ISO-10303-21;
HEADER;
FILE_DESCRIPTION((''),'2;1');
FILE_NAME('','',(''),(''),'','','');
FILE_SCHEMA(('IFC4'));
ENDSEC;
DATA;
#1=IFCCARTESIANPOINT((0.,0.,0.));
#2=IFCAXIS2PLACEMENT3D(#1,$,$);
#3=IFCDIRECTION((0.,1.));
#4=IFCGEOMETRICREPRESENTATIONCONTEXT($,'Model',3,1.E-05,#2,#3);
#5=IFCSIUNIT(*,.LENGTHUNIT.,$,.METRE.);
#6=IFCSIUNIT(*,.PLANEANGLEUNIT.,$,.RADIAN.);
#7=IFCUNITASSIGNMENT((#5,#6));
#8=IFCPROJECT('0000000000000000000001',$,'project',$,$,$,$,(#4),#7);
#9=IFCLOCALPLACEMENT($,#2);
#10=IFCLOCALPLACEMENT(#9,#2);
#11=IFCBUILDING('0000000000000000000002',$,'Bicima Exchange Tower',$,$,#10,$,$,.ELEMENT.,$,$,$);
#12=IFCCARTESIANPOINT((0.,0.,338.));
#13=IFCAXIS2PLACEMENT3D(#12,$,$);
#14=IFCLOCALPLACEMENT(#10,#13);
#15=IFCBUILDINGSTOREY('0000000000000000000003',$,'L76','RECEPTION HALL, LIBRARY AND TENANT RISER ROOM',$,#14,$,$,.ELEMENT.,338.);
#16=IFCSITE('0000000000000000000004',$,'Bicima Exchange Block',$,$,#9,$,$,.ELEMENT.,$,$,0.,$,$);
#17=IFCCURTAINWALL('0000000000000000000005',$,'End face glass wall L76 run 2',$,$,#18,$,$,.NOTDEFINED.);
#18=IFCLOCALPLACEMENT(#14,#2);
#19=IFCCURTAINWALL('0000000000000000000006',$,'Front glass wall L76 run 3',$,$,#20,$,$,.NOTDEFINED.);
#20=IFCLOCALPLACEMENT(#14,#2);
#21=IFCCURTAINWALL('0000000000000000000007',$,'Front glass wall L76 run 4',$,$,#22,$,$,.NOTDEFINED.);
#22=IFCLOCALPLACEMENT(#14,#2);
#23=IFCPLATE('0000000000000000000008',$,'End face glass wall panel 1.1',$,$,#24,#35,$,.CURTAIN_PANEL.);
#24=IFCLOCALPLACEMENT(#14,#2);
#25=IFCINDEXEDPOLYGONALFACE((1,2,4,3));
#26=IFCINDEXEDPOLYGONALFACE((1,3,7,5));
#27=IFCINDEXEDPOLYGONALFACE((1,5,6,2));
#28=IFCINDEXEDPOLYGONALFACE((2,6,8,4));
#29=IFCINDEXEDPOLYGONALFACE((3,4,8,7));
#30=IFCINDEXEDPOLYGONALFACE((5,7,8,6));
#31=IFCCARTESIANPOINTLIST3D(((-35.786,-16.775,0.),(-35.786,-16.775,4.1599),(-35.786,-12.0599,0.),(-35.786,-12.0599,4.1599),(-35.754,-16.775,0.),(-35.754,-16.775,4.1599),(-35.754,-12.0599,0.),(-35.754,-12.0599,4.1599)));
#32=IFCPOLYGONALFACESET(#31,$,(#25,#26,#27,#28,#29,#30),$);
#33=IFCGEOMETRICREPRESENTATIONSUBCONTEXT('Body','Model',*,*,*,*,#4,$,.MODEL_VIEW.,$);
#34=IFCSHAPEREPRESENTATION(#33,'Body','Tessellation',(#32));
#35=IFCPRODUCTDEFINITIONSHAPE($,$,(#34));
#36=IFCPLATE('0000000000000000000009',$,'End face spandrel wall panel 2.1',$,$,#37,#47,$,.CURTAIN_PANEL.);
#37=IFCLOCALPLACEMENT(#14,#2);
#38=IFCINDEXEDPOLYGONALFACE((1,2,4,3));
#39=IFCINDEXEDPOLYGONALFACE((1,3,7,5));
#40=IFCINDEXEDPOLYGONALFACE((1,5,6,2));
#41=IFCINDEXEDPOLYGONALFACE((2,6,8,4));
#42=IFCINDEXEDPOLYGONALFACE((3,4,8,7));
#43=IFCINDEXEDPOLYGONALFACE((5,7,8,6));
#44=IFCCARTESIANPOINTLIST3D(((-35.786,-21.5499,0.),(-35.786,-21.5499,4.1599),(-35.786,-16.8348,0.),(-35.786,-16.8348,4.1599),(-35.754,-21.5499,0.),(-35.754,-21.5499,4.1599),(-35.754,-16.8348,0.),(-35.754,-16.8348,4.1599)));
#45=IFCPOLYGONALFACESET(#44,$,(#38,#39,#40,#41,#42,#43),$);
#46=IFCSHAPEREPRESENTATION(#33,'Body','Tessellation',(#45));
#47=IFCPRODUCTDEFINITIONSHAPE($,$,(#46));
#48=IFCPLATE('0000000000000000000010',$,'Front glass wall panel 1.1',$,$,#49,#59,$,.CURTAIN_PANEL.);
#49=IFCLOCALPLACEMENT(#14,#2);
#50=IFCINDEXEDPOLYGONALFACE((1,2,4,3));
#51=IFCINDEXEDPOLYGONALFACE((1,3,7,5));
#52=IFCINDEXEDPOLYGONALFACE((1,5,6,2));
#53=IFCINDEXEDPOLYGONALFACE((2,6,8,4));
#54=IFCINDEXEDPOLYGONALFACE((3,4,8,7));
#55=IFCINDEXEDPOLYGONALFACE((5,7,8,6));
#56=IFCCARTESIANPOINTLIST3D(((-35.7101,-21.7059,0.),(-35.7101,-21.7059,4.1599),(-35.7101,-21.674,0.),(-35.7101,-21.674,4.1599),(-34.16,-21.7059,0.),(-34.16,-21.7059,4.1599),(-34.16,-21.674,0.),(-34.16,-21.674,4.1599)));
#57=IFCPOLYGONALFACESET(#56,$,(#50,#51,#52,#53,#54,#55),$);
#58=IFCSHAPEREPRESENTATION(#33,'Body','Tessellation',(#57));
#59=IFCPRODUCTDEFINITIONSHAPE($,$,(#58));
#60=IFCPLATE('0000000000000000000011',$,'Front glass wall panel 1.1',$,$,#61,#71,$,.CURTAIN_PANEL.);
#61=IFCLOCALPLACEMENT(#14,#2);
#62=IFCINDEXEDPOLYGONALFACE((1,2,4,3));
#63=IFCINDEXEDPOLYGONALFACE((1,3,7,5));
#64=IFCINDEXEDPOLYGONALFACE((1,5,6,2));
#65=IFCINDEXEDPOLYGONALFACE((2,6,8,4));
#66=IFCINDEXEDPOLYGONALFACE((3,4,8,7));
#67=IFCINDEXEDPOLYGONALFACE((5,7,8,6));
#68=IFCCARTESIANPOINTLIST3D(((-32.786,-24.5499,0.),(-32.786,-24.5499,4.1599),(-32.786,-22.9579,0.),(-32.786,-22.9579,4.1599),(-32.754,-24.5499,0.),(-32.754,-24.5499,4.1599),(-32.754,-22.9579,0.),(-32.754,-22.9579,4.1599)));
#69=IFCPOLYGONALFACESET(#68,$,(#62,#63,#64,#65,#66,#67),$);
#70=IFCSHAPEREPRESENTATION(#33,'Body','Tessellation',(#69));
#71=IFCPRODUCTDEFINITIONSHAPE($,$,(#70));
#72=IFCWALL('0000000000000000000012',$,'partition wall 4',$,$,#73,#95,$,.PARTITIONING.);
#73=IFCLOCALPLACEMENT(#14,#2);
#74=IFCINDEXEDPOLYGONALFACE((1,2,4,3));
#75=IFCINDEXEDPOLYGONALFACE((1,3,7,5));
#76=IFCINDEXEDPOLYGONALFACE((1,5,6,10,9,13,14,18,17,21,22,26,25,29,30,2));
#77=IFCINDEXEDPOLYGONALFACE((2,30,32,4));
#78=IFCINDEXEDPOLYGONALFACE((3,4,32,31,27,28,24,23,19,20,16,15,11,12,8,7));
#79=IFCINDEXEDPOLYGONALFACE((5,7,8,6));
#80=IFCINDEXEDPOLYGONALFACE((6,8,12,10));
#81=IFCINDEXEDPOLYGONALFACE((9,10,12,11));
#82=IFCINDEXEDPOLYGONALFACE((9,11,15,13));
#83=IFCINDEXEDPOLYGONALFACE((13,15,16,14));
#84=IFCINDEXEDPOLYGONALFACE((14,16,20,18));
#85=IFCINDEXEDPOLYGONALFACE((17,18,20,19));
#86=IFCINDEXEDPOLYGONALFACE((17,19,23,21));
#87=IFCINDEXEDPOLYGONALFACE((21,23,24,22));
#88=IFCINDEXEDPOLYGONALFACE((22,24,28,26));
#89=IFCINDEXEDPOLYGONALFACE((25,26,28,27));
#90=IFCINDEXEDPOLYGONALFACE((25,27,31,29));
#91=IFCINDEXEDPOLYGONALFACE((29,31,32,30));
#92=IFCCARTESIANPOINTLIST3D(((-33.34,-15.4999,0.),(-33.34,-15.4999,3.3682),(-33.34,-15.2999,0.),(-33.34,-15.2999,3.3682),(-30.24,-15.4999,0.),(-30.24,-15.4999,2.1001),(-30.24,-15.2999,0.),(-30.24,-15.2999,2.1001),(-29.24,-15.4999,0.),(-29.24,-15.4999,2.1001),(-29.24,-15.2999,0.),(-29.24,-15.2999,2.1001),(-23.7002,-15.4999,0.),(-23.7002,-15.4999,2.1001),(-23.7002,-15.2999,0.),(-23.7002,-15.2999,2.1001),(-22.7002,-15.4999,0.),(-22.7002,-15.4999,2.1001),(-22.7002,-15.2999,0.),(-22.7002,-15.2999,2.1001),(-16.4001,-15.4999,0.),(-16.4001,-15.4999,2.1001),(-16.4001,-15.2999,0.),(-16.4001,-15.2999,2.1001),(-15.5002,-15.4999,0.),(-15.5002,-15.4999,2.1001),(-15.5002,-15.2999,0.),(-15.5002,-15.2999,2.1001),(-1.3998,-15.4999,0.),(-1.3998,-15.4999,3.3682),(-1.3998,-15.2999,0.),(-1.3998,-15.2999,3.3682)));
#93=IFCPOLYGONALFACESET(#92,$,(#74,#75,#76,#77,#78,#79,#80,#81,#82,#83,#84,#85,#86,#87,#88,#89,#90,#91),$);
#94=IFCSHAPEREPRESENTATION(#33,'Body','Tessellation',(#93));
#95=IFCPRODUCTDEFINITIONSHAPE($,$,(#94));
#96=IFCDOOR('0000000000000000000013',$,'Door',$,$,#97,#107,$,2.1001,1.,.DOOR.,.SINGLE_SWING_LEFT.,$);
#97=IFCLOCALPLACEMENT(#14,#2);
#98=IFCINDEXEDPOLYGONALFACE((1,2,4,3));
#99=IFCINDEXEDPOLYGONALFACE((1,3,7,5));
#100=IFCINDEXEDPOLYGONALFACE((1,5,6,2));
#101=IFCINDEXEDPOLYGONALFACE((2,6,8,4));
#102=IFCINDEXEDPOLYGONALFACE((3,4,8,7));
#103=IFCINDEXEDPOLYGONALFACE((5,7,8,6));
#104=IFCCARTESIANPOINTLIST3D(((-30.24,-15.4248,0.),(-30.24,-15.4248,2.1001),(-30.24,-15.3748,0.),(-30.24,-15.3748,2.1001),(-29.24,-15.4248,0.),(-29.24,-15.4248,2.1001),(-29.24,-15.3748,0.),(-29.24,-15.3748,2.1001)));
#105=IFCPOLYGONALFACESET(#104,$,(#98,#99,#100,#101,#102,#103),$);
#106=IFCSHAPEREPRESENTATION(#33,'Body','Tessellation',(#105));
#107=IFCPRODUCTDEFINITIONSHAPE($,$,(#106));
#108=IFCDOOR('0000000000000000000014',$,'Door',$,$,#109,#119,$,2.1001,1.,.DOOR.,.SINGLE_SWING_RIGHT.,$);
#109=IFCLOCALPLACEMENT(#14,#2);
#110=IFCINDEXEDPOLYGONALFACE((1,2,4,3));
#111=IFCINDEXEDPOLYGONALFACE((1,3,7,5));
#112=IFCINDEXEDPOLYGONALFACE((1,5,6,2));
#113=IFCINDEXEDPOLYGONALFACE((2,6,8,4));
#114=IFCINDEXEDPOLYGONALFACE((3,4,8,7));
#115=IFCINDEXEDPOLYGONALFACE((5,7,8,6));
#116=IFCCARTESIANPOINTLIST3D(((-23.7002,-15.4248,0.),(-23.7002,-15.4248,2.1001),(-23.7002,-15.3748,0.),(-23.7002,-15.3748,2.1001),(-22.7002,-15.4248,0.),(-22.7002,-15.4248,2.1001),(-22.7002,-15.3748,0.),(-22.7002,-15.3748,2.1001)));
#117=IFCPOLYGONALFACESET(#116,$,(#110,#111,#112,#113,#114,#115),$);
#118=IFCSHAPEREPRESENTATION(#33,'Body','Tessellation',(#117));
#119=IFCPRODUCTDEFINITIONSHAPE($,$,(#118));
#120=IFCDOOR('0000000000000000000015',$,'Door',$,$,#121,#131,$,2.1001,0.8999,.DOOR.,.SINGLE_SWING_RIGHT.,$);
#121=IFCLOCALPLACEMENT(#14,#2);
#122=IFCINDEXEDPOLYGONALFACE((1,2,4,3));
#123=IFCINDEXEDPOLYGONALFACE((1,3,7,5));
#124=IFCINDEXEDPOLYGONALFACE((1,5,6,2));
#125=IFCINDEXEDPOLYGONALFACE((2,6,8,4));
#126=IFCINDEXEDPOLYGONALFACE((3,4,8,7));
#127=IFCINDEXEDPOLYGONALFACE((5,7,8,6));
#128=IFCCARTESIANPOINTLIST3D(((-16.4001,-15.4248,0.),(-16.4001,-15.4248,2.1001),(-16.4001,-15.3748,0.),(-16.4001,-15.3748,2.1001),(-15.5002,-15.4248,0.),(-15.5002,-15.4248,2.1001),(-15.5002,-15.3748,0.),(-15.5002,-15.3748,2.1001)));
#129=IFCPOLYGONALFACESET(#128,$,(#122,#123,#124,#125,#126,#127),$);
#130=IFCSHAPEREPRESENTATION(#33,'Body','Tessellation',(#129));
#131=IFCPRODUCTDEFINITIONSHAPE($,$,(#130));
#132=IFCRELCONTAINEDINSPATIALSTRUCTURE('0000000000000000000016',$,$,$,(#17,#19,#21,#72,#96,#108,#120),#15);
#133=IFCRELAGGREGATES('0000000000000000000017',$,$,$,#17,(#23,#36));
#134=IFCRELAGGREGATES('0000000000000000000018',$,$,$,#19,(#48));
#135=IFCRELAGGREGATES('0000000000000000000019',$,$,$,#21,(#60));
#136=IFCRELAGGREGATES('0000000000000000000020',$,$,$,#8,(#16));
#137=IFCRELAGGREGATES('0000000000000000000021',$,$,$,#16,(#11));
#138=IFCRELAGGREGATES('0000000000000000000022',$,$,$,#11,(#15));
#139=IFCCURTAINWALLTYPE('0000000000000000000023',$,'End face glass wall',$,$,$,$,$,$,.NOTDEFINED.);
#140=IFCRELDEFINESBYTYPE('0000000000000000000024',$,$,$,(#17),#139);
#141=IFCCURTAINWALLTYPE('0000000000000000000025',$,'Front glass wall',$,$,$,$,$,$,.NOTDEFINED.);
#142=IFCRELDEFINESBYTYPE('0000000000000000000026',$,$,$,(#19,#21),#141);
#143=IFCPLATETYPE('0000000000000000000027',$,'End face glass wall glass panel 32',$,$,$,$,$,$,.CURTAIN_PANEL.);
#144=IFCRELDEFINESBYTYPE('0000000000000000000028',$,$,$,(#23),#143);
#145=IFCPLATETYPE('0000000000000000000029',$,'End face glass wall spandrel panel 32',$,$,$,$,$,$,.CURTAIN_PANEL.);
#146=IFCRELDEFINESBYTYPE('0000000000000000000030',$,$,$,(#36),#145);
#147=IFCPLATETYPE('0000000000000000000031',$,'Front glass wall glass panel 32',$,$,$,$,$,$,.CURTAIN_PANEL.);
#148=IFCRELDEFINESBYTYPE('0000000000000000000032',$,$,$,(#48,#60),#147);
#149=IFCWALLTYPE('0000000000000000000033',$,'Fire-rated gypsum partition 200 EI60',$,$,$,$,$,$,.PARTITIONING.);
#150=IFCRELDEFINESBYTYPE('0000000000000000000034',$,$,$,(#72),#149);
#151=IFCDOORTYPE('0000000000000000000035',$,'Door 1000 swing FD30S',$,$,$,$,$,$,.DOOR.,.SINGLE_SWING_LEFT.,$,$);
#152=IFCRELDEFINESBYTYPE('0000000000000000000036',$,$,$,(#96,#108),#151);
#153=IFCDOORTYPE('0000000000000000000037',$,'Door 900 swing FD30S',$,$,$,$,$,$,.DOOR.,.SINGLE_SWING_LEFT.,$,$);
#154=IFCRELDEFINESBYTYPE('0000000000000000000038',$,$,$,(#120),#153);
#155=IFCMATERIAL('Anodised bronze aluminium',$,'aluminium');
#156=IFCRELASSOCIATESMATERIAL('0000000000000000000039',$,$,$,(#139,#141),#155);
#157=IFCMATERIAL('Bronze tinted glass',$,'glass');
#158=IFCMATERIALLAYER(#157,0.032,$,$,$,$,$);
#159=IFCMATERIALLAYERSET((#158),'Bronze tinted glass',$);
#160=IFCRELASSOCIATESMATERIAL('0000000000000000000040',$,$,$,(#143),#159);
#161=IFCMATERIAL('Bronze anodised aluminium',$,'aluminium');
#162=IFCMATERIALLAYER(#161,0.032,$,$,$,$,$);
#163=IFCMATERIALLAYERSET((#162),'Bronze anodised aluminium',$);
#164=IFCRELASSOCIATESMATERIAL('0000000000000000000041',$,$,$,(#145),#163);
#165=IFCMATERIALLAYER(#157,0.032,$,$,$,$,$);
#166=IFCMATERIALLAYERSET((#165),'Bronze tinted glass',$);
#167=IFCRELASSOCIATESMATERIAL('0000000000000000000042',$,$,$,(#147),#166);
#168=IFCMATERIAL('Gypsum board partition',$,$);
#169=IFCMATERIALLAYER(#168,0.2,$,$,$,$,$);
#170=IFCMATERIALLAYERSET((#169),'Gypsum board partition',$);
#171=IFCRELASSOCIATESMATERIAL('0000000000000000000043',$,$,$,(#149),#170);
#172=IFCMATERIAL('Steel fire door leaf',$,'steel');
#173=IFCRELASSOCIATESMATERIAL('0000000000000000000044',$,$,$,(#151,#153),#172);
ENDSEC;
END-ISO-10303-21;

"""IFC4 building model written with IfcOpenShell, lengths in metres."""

from ifc_helpers import new_model, si_unit, direction, frame, frame_2d, origin, origin_2d, place, context, subcontext, project, spatial, rectangle, extrude, material, layer, layer_set, type_object, element, fill, aggregate, save


model = new_model("IFC4")

# Units and contexts
model_context = context("Model", 3, precision=1e-05, world=origin(), true_north=direction((0.0, 1.0)))
body_context = subcontext(model_context, "Body", "Model", "MODEL_VIEW")
ifc_project = project(units=[si_unit("LENGTHUNIT", "METRE"), si_unit("PLANEANGLEUNIT", "RADIAN")], contexts=[model_context])

# Site, building, storey
site_placement = place(None, origin())
site = spatial("IfcSite", under=ifc_project, at=site_placement, Name="Bicima Exchange Block", CompositionType="ELEMENT", RefElevation=0.0)
building_placement = place(site_placement, origin())
building = spatial("IfcBuilding", under=site, at=building_placement, Name="Bicima Exchange Tower", CompositionType="ELEMENT")
storey_placement = place(building_placement, frame((0.0, 0.0, 338.0)))
storey = spatial("IfcBuildingStorey", under=building, at=storey_placement, Name="L76", Description="RECEPTION HALL, LIBRARY AND TENANT RISER ROOM", CompositionType="ELEMENT", Elevation=338.0)

# Curtain wall
ifc_material_1 = material(Name="Anodised bronze aluminium", Category="aluminium")
curtain_wall_type_1 = type_object("IfcCurtainWallType", Name="End face glass wall", PredefinedType="NOTDEFINED", material=ifc_material_1)
curtain_wall_1_placement = place(storey_placement, origin())
curtain_wall_1 = element("IfcCurtainWall", 1, at=curtain_wall_1_placement, inside=storey, type_object=curtain_wall_type_1, Name="End face glass wall L76 run 2", PredefinedType="NOTDEFINED")

# Curtain wall
curtain_wall_type_2 = type_object("IfcCurtainWallType", Name="Front glass wall", PredefinedType="NOTDEFINED", material=ifc_material_1)
curtain_wall_2_placement = place(storey_placement, origin())
curtain_wall_2 = element("IfcCurtainWall", 2, at=curtain_wall_2_placement, inside=storey, type_object=curtain_wall_type_2, Name="Front glass wall L76 run 3", PredefinedType="NOTDEFINED")

# Curtain wall
curtain_wall_3_placement = place(storey_placement, origin())
curtain_wall_3 = element("IfcCurtainWall", 3, at=curtain_wall_3_placement, inside=storey, type_object=curtain_wall_type_2, Name="Front glass wall L76 run 4", PredefinedType="NOTDEFINED")

# Plates
ifc_material_2 = material(Name="Bronze tinted glass", Category="glass")
ifc_layer_1 = layer(ifc_material_2, 0.032)
ifc_layer_set_1 = layer_set([ifc_layer_1], Name="Bronze tinted glass")
plate_type_1 = type_object("IfcPlateType", Name="End face glass wall glass panel 32", PredefinedType="CURTAIN_PANEL", material=ifc_layer_set_1)
plate_1_placement = place(storey_placement, frame((-35.77, -14.4175, 0.0), z_axis=(0.0, 0.0, 1.0), x_axis=(0.0, -1.0, 0.0)))
plate_1 = element("IfcPlate", 4, at=plate_1_placement, type_object=plate_type_1, Name="End face glass wall panel 1.1", PredefinedType="CURTAIN_PANEL", context=body_context, shape_type="SweptSolid", body=[
    extrude(rectangle(XDim=4.7151, YDim=0.032, at=origin_2d()), origin(), (0.0, 0.0, 1.0), 4.1599),
])
ifc_material_3 = material(Name="Bronze anodised aluminium", Category="aluminium")
ifc_layer_2 = layer(ifc_material_3, 0.032)
ifc_layer_set_2 = layer_set([ifc_layer_2], Name="Bronze anodised aluminium")
plate_type_2 = type_object("IfcPlateType", Name="End face glass wall spandrel panel 32", PredefinedType="CURTAIN_PANEL", material=ifc_layer_set_2)
plate_2_placement = place(storey_placement, frame((-35.77, -19.1924, 0.0), z_axis=(0.0, 0.0, 1.0), x_axis=(0.0, -1.0, 0.0)))
plate_2 = element("IfcPlate", 5, at=plate_2_placement, type_object=plate_type_2, Name="End face spandrel wall panel 2.1", PredefinedType="CURTAIN_PANEL", context=body_context, shape_type="SweptSolid", body=[
    extrude(rectangle(XDim=4.7151, YDim=0.032, at=origin_2d()), origin(), (0.0, 0.0, 1.0), 4.1599),
])
aggregate(curtain_wall_1, [plate_1, plate_2])
ifc_layer_3 = layer(ifc_material_2, 0.032)
ifc_layer_set_3 = layer_set([ifc_layer_3], Name="Bronze tinted glass")
plate_type_3 = type_object("IfcPlateType", Name="Front glass wall glass panel 32", PredefinedType="CURTAIN_PANEL", material=ifc_layer_set_3)
plate_3_placement = place(storey_placement, frame((-34.9351, -21.6899, 0.0), z_axis=(0.0, 0.0, 1.0), x_axis=(1.0, 0.0, 0.0)))
plate_3 = element("IfcPlate", 6, at=plate_3_placement, type_object=plate_type_3, Name="Front glass wall panel 1.1", PredefinedType="CURTAIN_PANEL", context=body_context, shape_type="SweptSolid", body=[
    extrude(rectangle(XDim=1.55, YDim=0.032, at=origin_2d()), origin(), (0.0, 0.0, 1.0), 4.1599),
])
aggregate(curtain_wall_2, [plate_3])
plate_4_placement = place(storey_placement, frame((-32.77, -23.7539, 0.0), z_axis=(0.0, 0.0, 1.0), x_axis=(0.0, -1.0, 0.0)))
plate_4 = element("IfcPlate", 7, at=plate_4_placement, type_object=plate_type_3, Name="Front glass wall panel 1.1", PredefinedType="CURTAIN_PANEL", context=body_context, shape_type="SweptSolid", body=[
    extrude(rectangle(XDim=1.592, YDim=0.032, at=origin_2d()), origin(), (0.0, 0.0, 1.0), 4.1599),
])
aggregate(curtain_wall_3, [plate_4])

# Wall, openings, doors
ifc_material_4 = material(Name="Gypsum board partition")
ifc_layer_4 = layer(ifc_material_4, 0.2)
ifc_layer_set_4 = layer_set([ifc_layer_4], Name="Gypsum board partition")
wall_type = type_object("IfcWallType", Name="Fire-rated gypsum partition 200 EI60", PredefinedType="PARTITIONING", material=ifc_layer_set_4)
wall_1_placement = place(storey_placement, frame((-33.3401, -15.3999, 0.0), z_axis=(0.0, 0.0, 1.0), x_axis=(1.0, 0.0, 0.0)))
wall_1 = element("IfcWall", 8, at=wall_1_placement, inside=storey, type_object=wall_type, Name="partition wall 4", PredefinedType="PARTITIONING", context=body_context, shape_type="SweptSolid", body=[
    extrude(rectangle(XDim=31.9402, YDim=0.2, at=frame_2d((15.9702, 0.0))), origin(), (0.0, 0.0, 1.0), 3.3682),
])
opening_1_placement = place(wall_1_placement, frame((3.1001, 0.0, 0.0)))
opening_1 = element("IfcOpeningElement", 9, at=opening_1_placement, cuts=wall_1, PredefinedType="OPENING", context=body_context, shape_type="SweptSolid", body=[
    extrude(rectangle(XDim=1.0, YDim=2.1001, at=frame_2d((0.5, 1.05))), frame((0.0, 0.1118, 0.0), z_axis=(0.0, -1.0, 0.0), x_axis=(1.0, 0.0, 0.0)), (0.0, 0.0, 1.0), 0.2239),
])
opening_2_placement = place(wall_1_placement, frame((9.6399, 0.0, 0.0)))
opening_2 = element("IfcOpeningElement", 10, at=opening_2_placement, cuts=wall_1, PredefinedType="OPENING", context=body_context, shape_type="SweptSolid", body=[
    extrude(rectangle(XDim=1.0, YDim=2.1001, at=frame_2d((0.5, 1.05))), frame((0.0, 0.1118, 0.0), z_axis=(0.0, -1.0, 0.0), x_axis=(1.0, 0.0, 0.0)), (0.0, 0.0, 1.0), 0.2239),
])
opening_3_placement = place(wall_1_placement, frame((16.9399, 0.0, 0.0)))
opening_3 = element("IfcOpeningElement", 11, at=opening_3_placement, cuts=wall_1, PredefinedType="OPENING", context=body_context, shape_type="SweptSolid", body=[
    extrude(rectangle(XDim=0.8999, YDim=2.1001, at=frame_2d((0.45, 1.05))), frame((0.0, 0.1118, 0.0), z_axis=(0.0, -1.0, 0.0), x_axis=(1.0, 0.0, 0.0)), (0.0, 0.0, 1.0), 0.2239),
])
ifc_material_5 = material(Name="Steel fire door leaf", Category="steel")
door_type_1 = type_object("IfcDoorType", Name="Door 1000 swing FD30S", OperationType="SINGLE_SWING_LEFT", PredefinedType="DOOR", material=ifc_material_5)
door_1_placement = place(opening_1_placement, frame((1.0, 0.0, 0.0), z_axis=(0.0, 0.0, 1.0), x_axis=(-1.0, 0.0, 0.0)))
door_1 = element("IfcDoor", 12, at=door_1_placement, inside=storey, type_object=door_type_1, Name="Door", OperationType="SINGLE_SWING_LEFT", OverallHeight=2.1001, OverallWidth=1.0, PredefinedType="DOOR", context=body_context, shape_type="SweptSolid", body=[
    extrude(rectangle(XDim=1.0, YDim=2.1001, at=frame_2d((0.5, 1.05))), frame((0.0, 0.0249, 0.0), z_axis=(0.0, -1.0, 0.0), x_axis=(1.0, 0.0, 0.0)), (0.0, 0.0, 1.0), 0.05),
])
fill(opening_1, door_1)
door_2_placement = place(opening_2_placement, frame((1.0, 0.0, 0.0), z_axis=(0.0, 0.0, 1.0), x_axis=(-1.0, 0.0, 0.0)))
door_2 = element("IfcDoor", 13, at=door_2_placement, inside=storey, type_object=door_type_1, Name="Door", OperationType="SINGLE_SWING_RIGHT", OverallHeight=2.1001, OverallWidth=1.0, PredefinedType="DOOR", context=body_context, shape_type="SweptSolid", body=[
    extrude(rectangle(XDim=1.0, YDim=2.1001, at=frame_2d((0.5, 1.05))), frame((0.0, 0.0249, 0.0), z_axis=(0.0, -1.0, 0.0), x_axis=(1.0, 0.0, 0.0)), (0.0, 0.0, 1.0), 0.05),
])
fill(opening_2, door_2)
door_type_2 = type_object("IfcDoorType", Name="Door 900 swing FD30S", OperationType="SINGLE_SWING_LEFT", PredefinedType="DOOR", material=ifc_material_5)
door_3_placement = place(opening_3_placement, frame((0.8999, 0.0, 0.0), z_axis=(0.0, 0.0, 1.0), x_axis=(-1.0, 0.0, 0.0)))
door_3 = element("IfcDoor", 14, at=door_3_placement, inside=storey, type_object=door_type_2, Name="Door", OperationType="SINGLE_SWING_RIGHT", OverallHeight=2.1001, OverallWidth=0.8999, PredefinedType="DOOR", context=body_context, shape_type="SweptSolid", body=[
    extrude(rectangle(XDim=0.8999, YDim=2.1001, at=frame_2d((0.45, 1.05))), frame((0.0, 0.0249, 0.0), z_axis=(0.0, -1.0, 0.0), x_axis=(1.0, 0.0, 0.0)), (0.0, 0.0, 1.0), 0.05),
])
fill(opening_3, door_3)

save(model, "model.ifc")
